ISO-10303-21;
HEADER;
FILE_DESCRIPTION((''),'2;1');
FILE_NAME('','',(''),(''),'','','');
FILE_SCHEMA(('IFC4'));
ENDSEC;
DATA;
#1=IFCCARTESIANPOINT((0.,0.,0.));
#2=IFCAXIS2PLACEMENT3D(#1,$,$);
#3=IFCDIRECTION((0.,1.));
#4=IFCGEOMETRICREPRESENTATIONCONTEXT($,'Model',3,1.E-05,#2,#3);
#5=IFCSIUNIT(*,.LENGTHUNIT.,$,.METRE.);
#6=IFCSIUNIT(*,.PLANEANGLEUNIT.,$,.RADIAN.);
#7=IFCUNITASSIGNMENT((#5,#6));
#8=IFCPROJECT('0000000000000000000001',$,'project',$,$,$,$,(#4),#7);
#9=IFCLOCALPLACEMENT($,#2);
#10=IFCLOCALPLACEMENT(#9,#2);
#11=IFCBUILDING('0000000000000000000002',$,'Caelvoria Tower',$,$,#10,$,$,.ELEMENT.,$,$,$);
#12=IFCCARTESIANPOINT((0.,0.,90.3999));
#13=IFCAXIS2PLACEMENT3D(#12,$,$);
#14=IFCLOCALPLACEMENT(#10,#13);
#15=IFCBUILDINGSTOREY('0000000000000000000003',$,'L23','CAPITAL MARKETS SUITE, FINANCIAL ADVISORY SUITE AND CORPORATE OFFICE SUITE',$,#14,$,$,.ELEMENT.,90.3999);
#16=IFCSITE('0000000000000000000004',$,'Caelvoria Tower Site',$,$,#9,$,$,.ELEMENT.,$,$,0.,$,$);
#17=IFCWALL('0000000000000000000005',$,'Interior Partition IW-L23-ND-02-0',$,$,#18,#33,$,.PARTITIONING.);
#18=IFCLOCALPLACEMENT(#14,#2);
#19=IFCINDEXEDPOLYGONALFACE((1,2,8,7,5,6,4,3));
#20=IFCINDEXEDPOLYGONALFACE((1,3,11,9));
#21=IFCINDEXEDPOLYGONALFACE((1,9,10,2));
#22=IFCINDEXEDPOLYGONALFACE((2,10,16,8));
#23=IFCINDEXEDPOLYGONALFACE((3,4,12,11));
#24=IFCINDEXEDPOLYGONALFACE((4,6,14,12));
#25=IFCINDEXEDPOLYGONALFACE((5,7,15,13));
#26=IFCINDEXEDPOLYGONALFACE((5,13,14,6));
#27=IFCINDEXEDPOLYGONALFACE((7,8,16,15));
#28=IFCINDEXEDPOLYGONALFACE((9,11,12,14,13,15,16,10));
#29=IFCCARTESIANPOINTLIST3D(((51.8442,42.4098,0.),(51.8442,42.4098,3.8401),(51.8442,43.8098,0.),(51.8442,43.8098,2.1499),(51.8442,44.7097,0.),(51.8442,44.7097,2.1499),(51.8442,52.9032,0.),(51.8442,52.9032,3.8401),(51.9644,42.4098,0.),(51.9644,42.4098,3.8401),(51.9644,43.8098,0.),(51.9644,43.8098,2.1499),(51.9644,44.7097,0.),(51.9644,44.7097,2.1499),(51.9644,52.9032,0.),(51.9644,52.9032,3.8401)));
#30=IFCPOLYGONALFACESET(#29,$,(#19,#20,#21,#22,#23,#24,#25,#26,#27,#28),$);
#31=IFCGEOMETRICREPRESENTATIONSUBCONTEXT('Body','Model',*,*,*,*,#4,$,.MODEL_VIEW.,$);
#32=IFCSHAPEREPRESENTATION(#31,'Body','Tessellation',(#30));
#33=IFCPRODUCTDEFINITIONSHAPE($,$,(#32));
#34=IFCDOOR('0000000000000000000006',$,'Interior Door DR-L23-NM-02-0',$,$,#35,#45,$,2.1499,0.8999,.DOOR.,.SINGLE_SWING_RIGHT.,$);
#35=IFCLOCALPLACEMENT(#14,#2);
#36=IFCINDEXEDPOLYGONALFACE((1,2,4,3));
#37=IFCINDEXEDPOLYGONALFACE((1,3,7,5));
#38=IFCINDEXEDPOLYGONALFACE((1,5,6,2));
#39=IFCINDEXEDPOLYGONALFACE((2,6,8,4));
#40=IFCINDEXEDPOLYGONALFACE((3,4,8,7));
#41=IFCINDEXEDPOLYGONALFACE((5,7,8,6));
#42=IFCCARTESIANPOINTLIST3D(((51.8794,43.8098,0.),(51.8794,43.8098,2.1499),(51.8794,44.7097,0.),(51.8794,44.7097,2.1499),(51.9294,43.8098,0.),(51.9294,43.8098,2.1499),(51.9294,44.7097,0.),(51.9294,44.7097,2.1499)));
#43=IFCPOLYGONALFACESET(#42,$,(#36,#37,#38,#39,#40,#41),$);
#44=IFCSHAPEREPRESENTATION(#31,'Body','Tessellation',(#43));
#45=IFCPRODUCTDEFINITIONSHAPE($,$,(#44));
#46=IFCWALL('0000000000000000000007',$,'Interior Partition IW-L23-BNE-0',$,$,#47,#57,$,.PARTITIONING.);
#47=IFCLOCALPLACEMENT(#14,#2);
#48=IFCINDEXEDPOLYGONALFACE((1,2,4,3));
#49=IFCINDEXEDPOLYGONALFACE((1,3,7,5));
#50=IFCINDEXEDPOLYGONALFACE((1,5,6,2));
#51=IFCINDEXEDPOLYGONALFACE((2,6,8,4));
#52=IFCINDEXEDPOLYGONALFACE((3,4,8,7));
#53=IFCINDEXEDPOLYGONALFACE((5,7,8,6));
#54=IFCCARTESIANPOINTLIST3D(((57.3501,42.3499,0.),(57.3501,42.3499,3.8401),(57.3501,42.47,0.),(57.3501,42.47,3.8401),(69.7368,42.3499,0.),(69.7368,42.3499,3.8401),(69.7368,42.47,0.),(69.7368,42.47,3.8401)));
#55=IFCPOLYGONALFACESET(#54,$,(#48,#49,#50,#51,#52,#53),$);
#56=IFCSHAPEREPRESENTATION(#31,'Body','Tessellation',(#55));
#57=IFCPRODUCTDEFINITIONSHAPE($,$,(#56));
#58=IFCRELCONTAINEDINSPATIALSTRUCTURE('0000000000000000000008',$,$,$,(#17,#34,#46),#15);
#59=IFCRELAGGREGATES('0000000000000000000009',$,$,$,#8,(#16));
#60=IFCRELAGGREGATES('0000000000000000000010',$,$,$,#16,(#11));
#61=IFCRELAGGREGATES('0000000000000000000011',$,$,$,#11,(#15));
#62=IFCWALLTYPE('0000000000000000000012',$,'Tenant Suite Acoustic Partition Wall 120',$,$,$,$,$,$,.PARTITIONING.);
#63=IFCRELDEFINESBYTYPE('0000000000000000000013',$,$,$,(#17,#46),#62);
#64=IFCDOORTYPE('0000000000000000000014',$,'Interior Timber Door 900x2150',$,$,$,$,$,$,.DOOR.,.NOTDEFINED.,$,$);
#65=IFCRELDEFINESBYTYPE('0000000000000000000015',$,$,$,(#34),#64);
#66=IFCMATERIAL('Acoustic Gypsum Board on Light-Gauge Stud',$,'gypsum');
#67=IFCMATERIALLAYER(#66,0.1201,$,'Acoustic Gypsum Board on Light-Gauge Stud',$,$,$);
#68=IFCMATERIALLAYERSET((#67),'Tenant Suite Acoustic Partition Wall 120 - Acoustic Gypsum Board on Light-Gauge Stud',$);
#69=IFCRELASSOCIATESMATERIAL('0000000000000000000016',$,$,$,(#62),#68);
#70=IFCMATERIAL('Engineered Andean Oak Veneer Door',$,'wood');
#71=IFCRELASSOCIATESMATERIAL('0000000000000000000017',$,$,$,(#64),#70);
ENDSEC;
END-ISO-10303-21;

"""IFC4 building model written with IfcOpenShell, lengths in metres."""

from ifc_helpers import new_model, si_unit, direction, frame, frame_2d, origin, place, context, subcontext, project, spatial, rectangle, extrude, material, layer, layer_set, type_object, element, fill, save


model = new_model("IFC4")

# Units and contexts
model_context = context("Model", 3, precision=1e-05, world=origin(), true_north=direction((0.0, 1.0)))
body_context = subcontext(model_context, "Body", "Model", "MODEL_VIEW")
ifc_project = project(units=[si_unit("LENGTHUNIT", "METRE"), si_unit("PLANEANGLEUNIT", "RADIAN")], contexts=[model_context])

# Site, building, storey
site_placement = place(None, origin())
site = spatial("IfcSite", under=ifc_project, at=site_placement, Name="Caelvoria Tower Site", CompositionType="ELEMENT", RefElevation=0.0)
building_placement = place(site_placement, origin())
building = spatial("IfcBuilding", under=site, at=building_placement, Name="Caelvoria Tower", CompositionType="ELEMENT")
storey_placement = place(building_placement, frame((0.0, 0.0, 90.3999)))
storey = spatial("IfcBuildingStorey", under=building, at=storey_placement, Name="L23", Description="CAPITAL MARKETS SUITE, FINANCIAL ADVISORY SUITE AND CORPORATE OFFICE SUITE", CompositionType="ELEMENT", Elevation=90.3999)

# Wall, opening, door
ifc_material_1 = material(Name="Acoustic Gypsum Board on Light-Gauge Stud", Category="gypsum")
ifc_layer_1 = layer(ifc_material_1, 0.1201, Name="Acoustic Gypsum Board on Light-Gauge Stud")
ifc_layer_set_1 = layer_set([ifc_layer_1], Name="Tenant Suite Acoustic Partition Wall 120 - Acoustic Gypsum Board on Light-Gauge Stud")
wall_type = type_object("IfcWallType", Name="Tenant Suite Acoustic Partition Wall 120", PredefinedType="PARTITIONING", material=ifc_layer_set_1)
ifc_material_2 = material(Name="Engineered Andean Oak Veneer Door", Category="wood")
door_type = type_object("IfcDoorType", Name="Interior Timber Door 900x2150", OperationType="NOTDEFINED", PredefinedType="DOOR", material=ifc_material_2)
wall_1_placement = place(storey_placement, frame((51.9043, 42.4099, 0.0), z_axis=(0.0, 0.0, 1.0), x_axis=(0.0, 1.0, 0.0)))
wall_1 = element("IfcWall", 1, at=wall_1_placement, inside=storey, type_object=wall_type, Name="Interior Partition IW-L23-ND-02-0", PredefinedType="PARTITIONING", context=body_context, shape_type="SweptSolid", body=[
    extrude(rectangle(XDim=10.4934, YDim=0.1201, at=frame_2d((5.2466, 0.0))), origin(), (0.0, 0.0, 1.0), 3.8401),
])
opening_1_placement = place(wall_1_placement, frame((1.3999, 0.0, 0.0)))
opening_1 = element("IfcOpeningElement", 2, at=opening_1_placement, cuts=wall_1, PredefinedType="OPENING", context=body_context, shape_type="SweptSolid", body=[
    extrude(rectangle(XDim=0.8999, YDim=2.1499, at=frame_2d((0.45, 1.075))), frame((0.0, 0.0701, 0.0), z_axis=(0.0, -1.0, 0.0), x_axis=(1.0, 0.0, 0.0)), (0.0, 0.0, 1.0), 0.1401),
])
door_1_placement = place(opening_1_placement, origin())
door_1 = element("IfcDoor", 3, at=door_1_placement, inside=storey, type_object=door_type, Name="Interior Door DR-L23-NM-02-0", OperationType="SINGLE_SWING_RIGHT", OverallHeight=2.1499, OverallWidth=0.8999, PredefinedType="DOOR", context=body_context, shape_type="SweptSolid", body=[
    extrude(rectangle(XDim=0.8999, YDim=2.1499, at=frame_2d((0.45, 1.075))), frame((0.0, 0.0249, 0.0), z_axis=(0.0, -1.0, 0.0), x_axis=(1.0, 0.0, 0.0)), (0.0, 0.0, 1.0), 0.05),
])
fill(opening_1, door_1)

# Wall
wall_2_placement = place(storey_placement, frame((57.3501, 42.4099, 0.0), z_axis=(0.0, 0.0, 1.0), x_axis=(1.0, 0.0, 0.0)))
element("IfcWall", 4, at=wall_2_placement, inside=storey, type_object=wall_type, Name="Interior Partition IW-L23-BNE-0", PredefinedType="PARTITIONING", context=body_context, shape_type="SweptSolid", body=[
    extrude(rectangle(XDim=12.3867, YDim=0.1201, at=frame_2d((6.1934, 0.0))), origin(), (0.0, 0.0, 1.0), 3.8401),
])

save(model, "model.ifc")
